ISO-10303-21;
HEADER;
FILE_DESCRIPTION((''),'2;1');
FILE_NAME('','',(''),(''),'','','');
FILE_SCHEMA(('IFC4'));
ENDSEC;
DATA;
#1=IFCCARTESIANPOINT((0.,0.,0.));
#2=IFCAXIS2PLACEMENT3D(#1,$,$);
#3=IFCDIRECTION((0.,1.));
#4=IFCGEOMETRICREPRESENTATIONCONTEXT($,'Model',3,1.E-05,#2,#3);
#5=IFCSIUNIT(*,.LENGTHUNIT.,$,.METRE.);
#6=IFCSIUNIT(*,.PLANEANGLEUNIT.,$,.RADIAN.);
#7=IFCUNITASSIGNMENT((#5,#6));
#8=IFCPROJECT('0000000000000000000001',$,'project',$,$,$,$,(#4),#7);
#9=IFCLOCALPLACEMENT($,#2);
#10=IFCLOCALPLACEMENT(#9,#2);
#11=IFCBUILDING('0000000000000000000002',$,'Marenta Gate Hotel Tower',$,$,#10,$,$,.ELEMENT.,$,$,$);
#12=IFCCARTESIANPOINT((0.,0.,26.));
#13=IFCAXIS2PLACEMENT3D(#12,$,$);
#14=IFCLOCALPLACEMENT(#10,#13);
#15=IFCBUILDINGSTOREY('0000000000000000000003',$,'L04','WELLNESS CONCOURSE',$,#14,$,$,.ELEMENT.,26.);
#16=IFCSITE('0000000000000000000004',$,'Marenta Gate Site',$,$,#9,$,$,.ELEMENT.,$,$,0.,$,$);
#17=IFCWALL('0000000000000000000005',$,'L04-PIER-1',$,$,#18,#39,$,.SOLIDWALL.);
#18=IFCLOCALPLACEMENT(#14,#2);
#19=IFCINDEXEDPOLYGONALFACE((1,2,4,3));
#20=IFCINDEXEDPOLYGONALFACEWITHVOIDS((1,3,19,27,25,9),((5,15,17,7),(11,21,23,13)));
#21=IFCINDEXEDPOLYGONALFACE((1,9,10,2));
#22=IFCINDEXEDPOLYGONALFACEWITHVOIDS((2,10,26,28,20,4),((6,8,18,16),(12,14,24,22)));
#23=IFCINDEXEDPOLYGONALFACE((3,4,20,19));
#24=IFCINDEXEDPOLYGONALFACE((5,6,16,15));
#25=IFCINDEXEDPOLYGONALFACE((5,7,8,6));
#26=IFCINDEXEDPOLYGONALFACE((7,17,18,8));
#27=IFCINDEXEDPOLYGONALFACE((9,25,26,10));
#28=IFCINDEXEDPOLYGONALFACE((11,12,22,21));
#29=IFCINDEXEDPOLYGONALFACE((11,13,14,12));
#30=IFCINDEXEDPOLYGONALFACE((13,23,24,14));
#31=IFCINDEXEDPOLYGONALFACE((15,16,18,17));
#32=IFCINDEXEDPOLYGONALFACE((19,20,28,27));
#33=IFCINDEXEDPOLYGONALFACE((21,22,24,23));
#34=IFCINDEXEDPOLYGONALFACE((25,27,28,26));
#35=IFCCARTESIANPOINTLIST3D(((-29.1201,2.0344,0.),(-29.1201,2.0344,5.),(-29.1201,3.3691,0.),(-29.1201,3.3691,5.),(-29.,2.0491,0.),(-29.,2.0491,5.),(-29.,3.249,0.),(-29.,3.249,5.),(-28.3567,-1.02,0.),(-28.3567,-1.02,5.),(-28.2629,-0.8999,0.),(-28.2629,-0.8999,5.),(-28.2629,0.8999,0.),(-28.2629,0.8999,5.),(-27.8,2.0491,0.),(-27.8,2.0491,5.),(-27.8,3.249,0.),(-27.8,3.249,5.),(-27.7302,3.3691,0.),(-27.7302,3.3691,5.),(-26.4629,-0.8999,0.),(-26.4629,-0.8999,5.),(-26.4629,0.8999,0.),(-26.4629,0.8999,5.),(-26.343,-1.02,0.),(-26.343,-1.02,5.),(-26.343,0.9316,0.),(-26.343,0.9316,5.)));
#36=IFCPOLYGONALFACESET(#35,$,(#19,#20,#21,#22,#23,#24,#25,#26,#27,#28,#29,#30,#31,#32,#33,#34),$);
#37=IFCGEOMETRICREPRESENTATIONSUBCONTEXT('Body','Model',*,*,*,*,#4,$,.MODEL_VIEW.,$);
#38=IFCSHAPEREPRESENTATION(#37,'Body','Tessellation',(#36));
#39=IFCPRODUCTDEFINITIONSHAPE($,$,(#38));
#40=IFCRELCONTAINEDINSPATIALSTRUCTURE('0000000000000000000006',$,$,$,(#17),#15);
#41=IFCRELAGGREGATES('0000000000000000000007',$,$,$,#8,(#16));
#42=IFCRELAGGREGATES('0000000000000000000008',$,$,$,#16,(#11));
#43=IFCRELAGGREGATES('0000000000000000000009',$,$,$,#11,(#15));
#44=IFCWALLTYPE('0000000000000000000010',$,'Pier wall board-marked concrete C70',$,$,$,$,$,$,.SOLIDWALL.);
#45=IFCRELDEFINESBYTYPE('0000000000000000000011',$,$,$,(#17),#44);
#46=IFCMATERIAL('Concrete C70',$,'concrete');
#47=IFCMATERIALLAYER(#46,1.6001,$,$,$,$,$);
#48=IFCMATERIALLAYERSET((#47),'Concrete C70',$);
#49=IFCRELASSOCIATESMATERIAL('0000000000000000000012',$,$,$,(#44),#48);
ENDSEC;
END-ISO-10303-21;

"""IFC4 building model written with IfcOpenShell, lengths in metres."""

from ifc_helpers import new_model, si_unit, direction, frame, origin, place, context, subcontext, project, spatial, polyline, outline, extrude, material, layer, layer_set, type_object, element, save


model = new_model("IFC4")

# Units and contexts
model_context = context("Model", 3, precision=1e-05, world=origin(), true_north=direction((0.0, 1.0)))
body_context = subcontext(model_context, "Body", "Model", "MODEL_VIEW")
ifc_project = project(units=[si_unit("LENGTHUNIT", "METRE"), si_unit("PLANEANGLEUNIT", "RADIAN")], contexts=[model_context])

# Site, building, storey
site_placement = place(None, origin())
site = spatial("IfcSite", under=ifc_project, at=site_placement, Name="Marenta Gate Site", CompositionType="ELEMENT", RefElevation=0.0)
building_placement = place(site_placement, origin())
building = spatial("IfcBuilding", under=site, at=building_placement, Name="Marenta Gate Hotel Tower", CompositionType="ELEMENT")
storey_placement = place(building_placement, frame((0.0, 0.0, 26.0)))
storey = spatial("IfcBuildingStorey", under=building, at=storey_placement, Name="L04", Description="WELLNESS CONCOURSE", CompositionType="ELEMENT", Elevation=26.0)

# Wall
ifc_material_1 = material(Name="Concrete C70", Category="concrete")
ifc_layer_1 = layer(ifc_material_1, 1.6001)
ifc_layer_set_1 = layer_set([ifc_layer_1], Name="Concrete C70")
wall_type_1 = type_object("IfcWallType", Name="Pier wall board-marked concrete C70", PredefinedType="SOLIDWALL", material=ifc_layer_set_1)
wall_1_placement = place(storey_placement, origin())
element("IfcWall", 1, at=wall_1_placement, inside=storey, type_object=wall_type_1, Name="L04-PIER-1", PredefinedType="SOLIDWALL", context=body_context, shape_type="SweptSolid", body=[
    extrude(outline(polyline([(-29.1201, 2.0344), (-29.1201, 3.3691), (-27.7302, 3.3691), (-26.343, 0.9316), (-26.343, -1.02), (-28.3567, -1.02), (-29.1201, 2.0344)]), holes=[polyline([(-28.2629, -0.8999), (-26.4629, -0.8999), (-26.4629, 0.8999), (-28.2629, 0.8999), (-28.2629, -0.8999)]), polyline([(-29.0, 2.0491), (-27.8, 2.0491), (-27.8, 3.249), (-29.0, 3.249), (-29.0, 2.0491)])]), origin(), (0.0, 0.0, 1.0), 5.0),
])

save(model, "model.ifc")
